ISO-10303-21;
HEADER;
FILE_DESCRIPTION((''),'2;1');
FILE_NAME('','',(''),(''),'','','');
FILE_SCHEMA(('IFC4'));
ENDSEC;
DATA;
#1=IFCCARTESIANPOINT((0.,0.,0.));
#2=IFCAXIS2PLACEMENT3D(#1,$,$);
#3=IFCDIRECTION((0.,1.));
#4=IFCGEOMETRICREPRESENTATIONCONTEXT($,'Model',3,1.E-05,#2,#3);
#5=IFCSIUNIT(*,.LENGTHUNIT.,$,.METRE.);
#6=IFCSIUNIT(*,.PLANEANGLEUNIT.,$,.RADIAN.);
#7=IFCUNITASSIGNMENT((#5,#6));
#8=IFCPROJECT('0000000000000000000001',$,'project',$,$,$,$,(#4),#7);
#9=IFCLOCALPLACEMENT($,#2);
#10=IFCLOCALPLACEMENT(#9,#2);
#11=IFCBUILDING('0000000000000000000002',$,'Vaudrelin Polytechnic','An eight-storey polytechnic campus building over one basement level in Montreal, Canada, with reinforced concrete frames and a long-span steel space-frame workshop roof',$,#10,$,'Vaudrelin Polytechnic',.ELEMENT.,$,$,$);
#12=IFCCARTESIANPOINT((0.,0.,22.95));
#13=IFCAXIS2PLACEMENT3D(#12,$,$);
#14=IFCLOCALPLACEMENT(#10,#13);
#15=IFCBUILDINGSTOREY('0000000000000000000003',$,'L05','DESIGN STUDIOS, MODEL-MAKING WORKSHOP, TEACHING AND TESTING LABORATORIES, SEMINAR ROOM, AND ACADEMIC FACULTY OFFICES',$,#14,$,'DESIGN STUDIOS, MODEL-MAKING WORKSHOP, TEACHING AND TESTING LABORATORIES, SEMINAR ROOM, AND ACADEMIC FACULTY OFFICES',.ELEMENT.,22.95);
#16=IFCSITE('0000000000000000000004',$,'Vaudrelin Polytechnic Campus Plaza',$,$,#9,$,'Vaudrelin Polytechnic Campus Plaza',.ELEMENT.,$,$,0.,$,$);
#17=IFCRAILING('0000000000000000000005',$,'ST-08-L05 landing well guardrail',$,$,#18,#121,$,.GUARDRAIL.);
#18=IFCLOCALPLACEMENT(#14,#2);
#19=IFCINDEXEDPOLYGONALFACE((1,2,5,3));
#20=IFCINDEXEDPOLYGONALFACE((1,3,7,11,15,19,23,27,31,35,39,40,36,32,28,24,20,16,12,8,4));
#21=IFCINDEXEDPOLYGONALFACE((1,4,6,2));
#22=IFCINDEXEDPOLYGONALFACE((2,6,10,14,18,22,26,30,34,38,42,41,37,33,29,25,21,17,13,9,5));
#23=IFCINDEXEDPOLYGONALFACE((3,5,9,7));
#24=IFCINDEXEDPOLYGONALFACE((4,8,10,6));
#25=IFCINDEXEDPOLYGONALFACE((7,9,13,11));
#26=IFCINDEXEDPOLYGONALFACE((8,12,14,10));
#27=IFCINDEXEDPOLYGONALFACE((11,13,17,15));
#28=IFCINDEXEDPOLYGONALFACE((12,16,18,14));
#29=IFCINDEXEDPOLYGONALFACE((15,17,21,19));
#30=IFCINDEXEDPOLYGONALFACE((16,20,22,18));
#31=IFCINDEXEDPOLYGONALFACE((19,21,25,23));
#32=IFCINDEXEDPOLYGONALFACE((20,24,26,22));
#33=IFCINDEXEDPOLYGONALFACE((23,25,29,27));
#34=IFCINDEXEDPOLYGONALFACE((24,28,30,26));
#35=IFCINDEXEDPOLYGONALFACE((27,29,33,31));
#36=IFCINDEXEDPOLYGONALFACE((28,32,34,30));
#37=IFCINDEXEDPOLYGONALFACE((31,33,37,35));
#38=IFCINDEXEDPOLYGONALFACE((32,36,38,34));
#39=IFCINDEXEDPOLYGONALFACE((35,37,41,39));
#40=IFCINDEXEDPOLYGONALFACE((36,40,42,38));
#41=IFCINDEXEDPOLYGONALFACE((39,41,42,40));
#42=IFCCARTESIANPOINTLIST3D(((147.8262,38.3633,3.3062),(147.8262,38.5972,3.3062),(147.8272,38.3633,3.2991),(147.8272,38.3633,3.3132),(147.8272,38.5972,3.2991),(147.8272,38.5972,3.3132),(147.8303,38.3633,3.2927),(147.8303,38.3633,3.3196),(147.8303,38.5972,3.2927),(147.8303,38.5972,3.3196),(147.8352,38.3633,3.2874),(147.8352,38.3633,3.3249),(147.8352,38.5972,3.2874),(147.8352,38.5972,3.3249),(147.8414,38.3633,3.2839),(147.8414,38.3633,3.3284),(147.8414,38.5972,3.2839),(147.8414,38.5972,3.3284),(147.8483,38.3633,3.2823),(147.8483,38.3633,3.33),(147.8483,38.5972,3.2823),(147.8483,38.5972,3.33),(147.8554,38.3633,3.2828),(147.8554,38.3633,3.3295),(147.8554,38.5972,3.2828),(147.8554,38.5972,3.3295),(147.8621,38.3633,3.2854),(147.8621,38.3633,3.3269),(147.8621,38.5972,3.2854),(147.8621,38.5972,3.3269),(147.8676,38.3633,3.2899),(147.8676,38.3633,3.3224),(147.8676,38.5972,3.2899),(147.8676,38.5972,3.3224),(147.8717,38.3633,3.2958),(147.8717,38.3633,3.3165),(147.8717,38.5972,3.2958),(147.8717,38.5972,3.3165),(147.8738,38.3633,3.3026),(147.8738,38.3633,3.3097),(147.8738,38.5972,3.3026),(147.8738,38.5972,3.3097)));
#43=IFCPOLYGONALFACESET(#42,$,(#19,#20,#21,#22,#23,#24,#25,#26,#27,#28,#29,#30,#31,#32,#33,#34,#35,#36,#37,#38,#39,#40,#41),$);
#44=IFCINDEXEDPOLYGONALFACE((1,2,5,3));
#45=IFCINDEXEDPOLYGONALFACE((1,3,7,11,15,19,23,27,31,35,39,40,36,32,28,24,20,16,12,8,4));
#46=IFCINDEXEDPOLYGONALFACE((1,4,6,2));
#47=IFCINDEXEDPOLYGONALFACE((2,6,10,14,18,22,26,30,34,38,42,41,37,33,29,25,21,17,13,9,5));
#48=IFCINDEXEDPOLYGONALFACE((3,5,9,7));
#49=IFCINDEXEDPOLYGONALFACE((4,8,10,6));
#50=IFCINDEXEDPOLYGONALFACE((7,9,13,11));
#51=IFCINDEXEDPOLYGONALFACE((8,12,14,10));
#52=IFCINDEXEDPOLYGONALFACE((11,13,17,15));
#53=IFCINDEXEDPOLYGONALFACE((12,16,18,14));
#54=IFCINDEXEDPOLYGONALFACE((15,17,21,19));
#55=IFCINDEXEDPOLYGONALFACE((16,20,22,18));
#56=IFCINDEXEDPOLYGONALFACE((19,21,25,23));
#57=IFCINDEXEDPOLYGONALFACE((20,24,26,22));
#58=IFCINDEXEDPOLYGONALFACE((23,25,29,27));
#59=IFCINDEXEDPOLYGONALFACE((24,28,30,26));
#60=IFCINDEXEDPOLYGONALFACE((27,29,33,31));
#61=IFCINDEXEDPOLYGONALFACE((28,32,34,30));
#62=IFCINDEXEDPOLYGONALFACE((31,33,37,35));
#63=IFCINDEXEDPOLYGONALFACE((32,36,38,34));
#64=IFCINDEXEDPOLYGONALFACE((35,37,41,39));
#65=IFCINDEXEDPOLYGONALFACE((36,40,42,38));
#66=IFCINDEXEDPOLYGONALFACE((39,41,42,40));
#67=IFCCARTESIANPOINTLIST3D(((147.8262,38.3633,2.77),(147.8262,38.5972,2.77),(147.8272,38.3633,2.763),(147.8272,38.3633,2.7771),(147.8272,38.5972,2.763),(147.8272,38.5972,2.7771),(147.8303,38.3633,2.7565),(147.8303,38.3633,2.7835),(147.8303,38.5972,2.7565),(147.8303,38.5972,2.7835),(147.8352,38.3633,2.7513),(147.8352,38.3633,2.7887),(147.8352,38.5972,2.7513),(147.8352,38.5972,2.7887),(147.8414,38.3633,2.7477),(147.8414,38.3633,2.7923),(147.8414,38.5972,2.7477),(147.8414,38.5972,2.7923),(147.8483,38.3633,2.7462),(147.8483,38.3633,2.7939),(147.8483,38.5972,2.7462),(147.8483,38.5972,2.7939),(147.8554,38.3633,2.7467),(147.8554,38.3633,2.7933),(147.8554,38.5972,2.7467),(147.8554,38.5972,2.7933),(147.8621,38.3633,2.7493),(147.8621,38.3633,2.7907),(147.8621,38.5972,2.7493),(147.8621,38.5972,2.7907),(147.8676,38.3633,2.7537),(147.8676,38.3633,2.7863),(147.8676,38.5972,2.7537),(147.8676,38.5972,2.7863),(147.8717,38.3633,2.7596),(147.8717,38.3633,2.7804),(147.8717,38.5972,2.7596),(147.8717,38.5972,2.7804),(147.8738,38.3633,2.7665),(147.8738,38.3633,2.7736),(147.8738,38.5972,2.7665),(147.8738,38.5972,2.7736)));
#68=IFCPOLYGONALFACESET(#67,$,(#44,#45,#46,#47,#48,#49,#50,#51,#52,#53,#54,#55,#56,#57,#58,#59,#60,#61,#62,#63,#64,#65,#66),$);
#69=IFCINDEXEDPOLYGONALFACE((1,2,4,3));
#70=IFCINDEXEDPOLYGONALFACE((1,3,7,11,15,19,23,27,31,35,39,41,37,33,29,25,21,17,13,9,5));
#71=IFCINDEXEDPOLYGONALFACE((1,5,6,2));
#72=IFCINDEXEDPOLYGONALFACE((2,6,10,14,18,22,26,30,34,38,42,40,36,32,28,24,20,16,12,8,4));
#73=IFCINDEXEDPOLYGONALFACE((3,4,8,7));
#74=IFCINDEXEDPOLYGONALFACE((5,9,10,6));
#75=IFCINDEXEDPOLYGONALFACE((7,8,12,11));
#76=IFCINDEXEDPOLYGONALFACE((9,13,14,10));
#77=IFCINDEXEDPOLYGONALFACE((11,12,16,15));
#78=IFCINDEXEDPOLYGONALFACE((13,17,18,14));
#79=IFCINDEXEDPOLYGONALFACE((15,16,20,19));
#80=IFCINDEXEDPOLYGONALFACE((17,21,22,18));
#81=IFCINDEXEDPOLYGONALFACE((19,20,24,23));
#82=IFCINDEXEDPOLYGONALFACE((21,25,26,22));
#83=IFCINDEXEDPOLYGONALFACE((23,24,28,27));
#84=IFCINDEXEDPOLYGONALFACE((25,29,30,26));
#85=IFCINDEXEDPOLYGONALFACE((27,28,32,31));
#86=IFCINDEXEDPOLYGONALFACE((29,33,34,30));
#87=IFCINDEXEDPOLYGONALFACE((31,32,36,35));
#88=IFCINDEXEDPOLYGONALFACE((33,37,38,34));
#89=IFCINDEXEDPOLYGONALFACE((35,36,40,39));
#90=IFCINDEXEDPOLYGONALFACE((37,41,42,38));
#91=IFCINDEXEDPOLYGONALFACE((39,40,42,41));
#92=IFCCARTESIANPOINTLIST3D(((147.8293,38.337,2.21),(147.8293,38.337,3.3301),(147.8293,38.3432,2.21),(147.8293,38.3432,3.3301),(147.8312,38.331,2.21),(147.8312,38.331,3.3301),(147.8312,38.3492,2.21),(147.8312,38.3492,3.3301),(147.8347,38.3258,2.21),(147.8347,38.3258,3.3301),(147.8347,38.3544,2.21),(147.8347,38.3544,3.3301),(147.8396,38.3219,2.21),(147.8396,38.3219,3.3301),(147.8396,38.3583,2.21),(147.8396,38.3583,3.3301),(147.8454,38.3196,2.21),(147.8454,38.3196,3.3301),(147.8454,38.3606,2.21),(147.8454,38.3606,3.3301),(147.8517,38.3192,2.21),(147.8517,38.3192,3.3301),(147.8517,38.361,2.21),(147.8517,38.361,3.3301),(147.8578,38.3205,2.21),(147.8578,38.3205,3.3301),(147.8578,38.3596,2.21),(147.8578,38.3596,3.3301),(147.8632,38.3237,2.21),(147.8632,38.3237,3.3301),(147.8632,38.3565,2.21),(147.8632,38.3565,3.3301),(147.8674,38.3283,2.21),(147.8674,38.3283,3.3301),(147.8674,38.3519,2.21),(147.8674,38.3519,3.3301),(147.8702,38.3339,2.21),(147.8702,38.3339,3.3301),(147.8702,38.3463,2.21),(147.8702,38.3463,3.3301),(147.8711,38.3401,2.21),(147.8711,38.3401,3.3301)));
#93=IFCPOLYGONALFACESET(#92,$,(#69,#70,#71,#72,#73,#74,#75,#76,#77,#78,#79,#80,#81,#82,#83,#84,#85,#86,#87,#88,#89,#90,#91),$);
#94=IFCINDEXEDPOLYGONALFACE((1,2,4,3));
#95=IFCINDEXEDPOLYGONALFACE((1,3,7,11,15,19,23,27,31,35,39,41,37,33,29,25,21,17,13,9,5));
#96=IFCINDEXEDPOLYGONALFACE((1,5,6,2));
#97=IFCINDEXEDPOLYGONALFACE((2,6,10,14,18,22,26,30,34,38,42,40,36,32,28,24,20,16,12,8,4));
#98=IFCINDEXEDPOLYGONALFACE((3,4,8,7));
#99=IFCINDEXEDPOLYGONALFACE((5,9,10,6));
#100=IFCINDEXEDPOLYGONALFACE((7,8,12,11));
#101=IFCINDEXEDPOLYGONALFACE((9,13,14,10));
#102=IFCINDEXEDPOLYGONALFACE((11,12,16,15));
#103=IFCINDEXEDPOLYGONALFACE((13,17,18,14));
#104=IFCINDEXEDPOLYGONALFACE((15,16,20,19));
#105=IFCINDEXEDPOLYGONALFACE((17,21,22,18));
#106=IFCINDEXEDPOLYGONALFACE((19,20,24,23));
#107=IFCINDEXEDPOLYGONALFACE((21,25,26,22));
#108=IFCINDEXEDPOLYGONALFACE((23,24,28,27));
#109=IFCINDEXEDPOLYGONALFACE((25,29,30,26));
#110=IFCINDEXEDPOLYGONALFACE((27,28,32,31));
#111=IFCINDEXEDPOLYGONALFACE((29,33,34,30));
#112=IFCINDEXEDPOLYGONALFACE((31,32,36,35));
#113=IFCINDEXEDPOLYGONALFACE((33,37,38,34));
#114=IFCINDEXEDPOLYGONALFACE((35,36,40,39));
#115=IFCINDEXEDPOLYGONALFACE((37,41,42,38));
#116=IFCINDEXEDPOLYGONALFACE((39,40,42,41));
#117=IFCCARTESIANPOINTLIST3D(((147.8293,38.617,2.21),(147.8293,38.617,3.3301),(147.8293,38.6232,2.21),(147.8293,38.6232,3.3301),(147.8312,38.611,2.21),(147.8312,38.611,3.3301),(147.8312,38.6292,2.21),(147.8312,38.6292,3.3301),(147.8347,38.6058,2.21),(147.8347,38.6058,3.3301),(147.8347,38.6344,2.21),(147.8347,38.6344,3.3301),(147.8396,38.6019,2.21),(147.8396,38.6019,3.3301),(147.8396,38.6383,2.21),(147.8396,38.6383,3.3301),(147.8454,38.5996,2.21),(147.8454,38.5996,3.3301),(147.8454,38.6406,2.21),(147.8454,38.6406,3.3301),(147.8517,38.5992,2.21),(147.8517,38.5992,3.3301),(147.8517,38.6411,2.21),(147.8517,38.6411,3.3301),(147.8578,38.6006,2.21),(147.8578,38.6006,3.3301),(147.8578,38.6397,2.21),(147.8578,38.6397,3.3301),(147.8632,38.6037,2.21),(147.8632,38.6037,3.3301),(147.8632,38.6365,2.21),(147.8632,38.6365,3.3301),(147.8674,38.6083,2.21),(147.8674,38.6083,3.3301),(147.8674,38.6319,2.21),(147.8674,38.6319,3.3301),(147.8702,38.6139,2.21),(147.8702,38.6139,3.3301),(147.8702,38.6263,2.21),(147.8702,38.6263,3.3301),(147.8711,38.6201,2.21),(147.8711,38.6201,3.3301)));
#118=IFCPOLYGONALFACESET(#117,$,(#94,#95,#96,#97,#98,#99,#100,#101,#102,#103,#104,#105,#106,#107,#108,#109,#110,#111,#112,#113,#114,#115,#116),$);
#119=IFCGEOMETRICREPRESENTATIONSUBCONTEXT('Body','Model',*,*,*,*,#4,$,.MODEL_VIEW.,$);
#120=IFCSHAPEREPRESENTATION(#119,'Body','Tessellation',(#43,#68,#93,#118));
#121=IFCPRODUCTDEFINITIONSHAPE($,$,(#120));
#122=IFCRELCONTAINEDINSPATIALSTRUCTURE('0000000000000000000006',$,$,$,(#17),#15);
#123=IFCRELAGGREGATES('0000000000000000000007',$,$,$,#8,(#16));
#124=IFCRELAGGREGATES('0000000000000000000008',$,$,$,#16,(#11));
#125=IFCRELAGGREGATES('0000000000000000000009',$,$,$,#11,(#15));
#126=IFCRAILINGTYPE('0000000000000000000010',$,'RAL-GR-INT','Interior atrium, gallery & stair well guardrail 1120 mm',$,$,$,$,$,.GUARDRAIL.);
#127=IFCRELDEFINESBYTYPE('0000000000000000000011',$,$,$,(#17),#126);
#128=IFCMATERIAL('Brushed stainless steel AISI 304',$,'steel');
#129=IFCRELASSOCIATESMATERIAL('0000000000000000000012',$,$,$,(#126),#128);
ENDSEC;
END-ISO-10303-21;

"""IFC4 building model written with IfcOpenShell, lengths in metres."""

from ifc_helpers import new_model, si_unit, direction, frame, origin, origin_2d, place, context, subcontext, project, spatial, circle, extrude, material, type_object, element, save


model = new_model("IFC4")

# Units and contexts
model_context = context("Model", 3, precision=1e-05, world=origin(), true_north=direction((0.0, 1.0)))
body_context = subcontext(model_context, "Body", "Model", "MODEL_VIEW")
ifc_project = project(units=[si_unit("LENGTHUNIT", "METRE"), si_unit("PLANEANGLEUNIT", "RADIAN")], contexts=[model_context])

# Site, building, storey
site_placement = place(None, origin())
site = spatial("IfcSite", under=ifc_project, at=site_placement, Name="Vaudrelin Polytechnic Campus Plaza", LongName="Vaudrelin Polytechnic Campus Plaza", CompositionType="ELEMENT", RefElevation=0.0)
building_placement = place(site_placement, origin())
building = spatial("IfcBuilding", under=site, at=building_placement, Name="Vaudrelin Polytechnic", Description="An eight-storey polytechnic campus building over one basement level in Montreal, Canada, with reinforced concrete frames and a long-span steel space-frame workshop roof", LongName="Vaudrelin Polytechnic", CompositionType="ELEMENT")
storey_placement = place(building_placement, frame((0.0, 0.0, 22.95)))
storey = spatial("IfcBuildingStorey", under=building, at=storey_placement, Name="L05", Description="DESIGN STUDIOS, MODEL-MAKING WORKSHOP, TEACHING AND TESTING LABORATORIES, SEMINAR ROOM, AND ACADEMIC FACULTY OFFICES", LongName="DESIGN STUDIOS, MODEL-MAKING WORKSHOP, TEACHING AND TESTING LABORATORIES, SEMINAR ROOM, AND ACADEMIC FACULTY OFFICES", CompositionType="ELEMENT", Elevation=22.95)

# Railing
ifc_material_1 = material(Name="Brushed stainless steel AISI 304", Category="steel")
railing_type_1 = type_object("IfcRailingType", Name="RAL-GR-INT", Description="Interior atrium, gallery & stair well guardrail 1120 mm", PredefinedType="GUARDRAIL", material=ifc_material_1)
railing_1_placement = place(storey_placement, frame((147.8501, 38.3401, 2.21)))
element("IfcRailing", 1, at=railing_1_placement, inside=storey, type_object=railing_type_1, Name="ST-08-L05 landing well guardrail", PredefinedType="GUARDRAIL", context=body_context, shape_type="SweptSolid", body=[
    extrude(circle(Radius=0.0239, at=origin_2d()), frame((0.0, 0.0232, 1.0962), z_axis=(0.0, 1.0, 0.0), x_axis=(-1.0, 0.0, 0.0)), (0.0, 0.0, 1.0), 0.2339),
    extrude(circle(Radius=0.0239, at=origin_2d()), frame((0.0, 0.0232, 0.5601), z_axis=(0.0, 1.0, 0.0), x_axis=(-1.0, 0.0, 0.0)), (0.0, 0.0, 1.0), 0.2339),
    extrude(circle(Radius=0.021, at=origin_2d()), origin(), (0.0, 0.0, 1.0), 1.1201),
    extrude(circle(Radius=0.021, at=origin_2d()), frame((0.0, 0.28, 0.0)), (0.0, 0.0, 1.0), 1.1201),
])

save(model, "model.ifc")
